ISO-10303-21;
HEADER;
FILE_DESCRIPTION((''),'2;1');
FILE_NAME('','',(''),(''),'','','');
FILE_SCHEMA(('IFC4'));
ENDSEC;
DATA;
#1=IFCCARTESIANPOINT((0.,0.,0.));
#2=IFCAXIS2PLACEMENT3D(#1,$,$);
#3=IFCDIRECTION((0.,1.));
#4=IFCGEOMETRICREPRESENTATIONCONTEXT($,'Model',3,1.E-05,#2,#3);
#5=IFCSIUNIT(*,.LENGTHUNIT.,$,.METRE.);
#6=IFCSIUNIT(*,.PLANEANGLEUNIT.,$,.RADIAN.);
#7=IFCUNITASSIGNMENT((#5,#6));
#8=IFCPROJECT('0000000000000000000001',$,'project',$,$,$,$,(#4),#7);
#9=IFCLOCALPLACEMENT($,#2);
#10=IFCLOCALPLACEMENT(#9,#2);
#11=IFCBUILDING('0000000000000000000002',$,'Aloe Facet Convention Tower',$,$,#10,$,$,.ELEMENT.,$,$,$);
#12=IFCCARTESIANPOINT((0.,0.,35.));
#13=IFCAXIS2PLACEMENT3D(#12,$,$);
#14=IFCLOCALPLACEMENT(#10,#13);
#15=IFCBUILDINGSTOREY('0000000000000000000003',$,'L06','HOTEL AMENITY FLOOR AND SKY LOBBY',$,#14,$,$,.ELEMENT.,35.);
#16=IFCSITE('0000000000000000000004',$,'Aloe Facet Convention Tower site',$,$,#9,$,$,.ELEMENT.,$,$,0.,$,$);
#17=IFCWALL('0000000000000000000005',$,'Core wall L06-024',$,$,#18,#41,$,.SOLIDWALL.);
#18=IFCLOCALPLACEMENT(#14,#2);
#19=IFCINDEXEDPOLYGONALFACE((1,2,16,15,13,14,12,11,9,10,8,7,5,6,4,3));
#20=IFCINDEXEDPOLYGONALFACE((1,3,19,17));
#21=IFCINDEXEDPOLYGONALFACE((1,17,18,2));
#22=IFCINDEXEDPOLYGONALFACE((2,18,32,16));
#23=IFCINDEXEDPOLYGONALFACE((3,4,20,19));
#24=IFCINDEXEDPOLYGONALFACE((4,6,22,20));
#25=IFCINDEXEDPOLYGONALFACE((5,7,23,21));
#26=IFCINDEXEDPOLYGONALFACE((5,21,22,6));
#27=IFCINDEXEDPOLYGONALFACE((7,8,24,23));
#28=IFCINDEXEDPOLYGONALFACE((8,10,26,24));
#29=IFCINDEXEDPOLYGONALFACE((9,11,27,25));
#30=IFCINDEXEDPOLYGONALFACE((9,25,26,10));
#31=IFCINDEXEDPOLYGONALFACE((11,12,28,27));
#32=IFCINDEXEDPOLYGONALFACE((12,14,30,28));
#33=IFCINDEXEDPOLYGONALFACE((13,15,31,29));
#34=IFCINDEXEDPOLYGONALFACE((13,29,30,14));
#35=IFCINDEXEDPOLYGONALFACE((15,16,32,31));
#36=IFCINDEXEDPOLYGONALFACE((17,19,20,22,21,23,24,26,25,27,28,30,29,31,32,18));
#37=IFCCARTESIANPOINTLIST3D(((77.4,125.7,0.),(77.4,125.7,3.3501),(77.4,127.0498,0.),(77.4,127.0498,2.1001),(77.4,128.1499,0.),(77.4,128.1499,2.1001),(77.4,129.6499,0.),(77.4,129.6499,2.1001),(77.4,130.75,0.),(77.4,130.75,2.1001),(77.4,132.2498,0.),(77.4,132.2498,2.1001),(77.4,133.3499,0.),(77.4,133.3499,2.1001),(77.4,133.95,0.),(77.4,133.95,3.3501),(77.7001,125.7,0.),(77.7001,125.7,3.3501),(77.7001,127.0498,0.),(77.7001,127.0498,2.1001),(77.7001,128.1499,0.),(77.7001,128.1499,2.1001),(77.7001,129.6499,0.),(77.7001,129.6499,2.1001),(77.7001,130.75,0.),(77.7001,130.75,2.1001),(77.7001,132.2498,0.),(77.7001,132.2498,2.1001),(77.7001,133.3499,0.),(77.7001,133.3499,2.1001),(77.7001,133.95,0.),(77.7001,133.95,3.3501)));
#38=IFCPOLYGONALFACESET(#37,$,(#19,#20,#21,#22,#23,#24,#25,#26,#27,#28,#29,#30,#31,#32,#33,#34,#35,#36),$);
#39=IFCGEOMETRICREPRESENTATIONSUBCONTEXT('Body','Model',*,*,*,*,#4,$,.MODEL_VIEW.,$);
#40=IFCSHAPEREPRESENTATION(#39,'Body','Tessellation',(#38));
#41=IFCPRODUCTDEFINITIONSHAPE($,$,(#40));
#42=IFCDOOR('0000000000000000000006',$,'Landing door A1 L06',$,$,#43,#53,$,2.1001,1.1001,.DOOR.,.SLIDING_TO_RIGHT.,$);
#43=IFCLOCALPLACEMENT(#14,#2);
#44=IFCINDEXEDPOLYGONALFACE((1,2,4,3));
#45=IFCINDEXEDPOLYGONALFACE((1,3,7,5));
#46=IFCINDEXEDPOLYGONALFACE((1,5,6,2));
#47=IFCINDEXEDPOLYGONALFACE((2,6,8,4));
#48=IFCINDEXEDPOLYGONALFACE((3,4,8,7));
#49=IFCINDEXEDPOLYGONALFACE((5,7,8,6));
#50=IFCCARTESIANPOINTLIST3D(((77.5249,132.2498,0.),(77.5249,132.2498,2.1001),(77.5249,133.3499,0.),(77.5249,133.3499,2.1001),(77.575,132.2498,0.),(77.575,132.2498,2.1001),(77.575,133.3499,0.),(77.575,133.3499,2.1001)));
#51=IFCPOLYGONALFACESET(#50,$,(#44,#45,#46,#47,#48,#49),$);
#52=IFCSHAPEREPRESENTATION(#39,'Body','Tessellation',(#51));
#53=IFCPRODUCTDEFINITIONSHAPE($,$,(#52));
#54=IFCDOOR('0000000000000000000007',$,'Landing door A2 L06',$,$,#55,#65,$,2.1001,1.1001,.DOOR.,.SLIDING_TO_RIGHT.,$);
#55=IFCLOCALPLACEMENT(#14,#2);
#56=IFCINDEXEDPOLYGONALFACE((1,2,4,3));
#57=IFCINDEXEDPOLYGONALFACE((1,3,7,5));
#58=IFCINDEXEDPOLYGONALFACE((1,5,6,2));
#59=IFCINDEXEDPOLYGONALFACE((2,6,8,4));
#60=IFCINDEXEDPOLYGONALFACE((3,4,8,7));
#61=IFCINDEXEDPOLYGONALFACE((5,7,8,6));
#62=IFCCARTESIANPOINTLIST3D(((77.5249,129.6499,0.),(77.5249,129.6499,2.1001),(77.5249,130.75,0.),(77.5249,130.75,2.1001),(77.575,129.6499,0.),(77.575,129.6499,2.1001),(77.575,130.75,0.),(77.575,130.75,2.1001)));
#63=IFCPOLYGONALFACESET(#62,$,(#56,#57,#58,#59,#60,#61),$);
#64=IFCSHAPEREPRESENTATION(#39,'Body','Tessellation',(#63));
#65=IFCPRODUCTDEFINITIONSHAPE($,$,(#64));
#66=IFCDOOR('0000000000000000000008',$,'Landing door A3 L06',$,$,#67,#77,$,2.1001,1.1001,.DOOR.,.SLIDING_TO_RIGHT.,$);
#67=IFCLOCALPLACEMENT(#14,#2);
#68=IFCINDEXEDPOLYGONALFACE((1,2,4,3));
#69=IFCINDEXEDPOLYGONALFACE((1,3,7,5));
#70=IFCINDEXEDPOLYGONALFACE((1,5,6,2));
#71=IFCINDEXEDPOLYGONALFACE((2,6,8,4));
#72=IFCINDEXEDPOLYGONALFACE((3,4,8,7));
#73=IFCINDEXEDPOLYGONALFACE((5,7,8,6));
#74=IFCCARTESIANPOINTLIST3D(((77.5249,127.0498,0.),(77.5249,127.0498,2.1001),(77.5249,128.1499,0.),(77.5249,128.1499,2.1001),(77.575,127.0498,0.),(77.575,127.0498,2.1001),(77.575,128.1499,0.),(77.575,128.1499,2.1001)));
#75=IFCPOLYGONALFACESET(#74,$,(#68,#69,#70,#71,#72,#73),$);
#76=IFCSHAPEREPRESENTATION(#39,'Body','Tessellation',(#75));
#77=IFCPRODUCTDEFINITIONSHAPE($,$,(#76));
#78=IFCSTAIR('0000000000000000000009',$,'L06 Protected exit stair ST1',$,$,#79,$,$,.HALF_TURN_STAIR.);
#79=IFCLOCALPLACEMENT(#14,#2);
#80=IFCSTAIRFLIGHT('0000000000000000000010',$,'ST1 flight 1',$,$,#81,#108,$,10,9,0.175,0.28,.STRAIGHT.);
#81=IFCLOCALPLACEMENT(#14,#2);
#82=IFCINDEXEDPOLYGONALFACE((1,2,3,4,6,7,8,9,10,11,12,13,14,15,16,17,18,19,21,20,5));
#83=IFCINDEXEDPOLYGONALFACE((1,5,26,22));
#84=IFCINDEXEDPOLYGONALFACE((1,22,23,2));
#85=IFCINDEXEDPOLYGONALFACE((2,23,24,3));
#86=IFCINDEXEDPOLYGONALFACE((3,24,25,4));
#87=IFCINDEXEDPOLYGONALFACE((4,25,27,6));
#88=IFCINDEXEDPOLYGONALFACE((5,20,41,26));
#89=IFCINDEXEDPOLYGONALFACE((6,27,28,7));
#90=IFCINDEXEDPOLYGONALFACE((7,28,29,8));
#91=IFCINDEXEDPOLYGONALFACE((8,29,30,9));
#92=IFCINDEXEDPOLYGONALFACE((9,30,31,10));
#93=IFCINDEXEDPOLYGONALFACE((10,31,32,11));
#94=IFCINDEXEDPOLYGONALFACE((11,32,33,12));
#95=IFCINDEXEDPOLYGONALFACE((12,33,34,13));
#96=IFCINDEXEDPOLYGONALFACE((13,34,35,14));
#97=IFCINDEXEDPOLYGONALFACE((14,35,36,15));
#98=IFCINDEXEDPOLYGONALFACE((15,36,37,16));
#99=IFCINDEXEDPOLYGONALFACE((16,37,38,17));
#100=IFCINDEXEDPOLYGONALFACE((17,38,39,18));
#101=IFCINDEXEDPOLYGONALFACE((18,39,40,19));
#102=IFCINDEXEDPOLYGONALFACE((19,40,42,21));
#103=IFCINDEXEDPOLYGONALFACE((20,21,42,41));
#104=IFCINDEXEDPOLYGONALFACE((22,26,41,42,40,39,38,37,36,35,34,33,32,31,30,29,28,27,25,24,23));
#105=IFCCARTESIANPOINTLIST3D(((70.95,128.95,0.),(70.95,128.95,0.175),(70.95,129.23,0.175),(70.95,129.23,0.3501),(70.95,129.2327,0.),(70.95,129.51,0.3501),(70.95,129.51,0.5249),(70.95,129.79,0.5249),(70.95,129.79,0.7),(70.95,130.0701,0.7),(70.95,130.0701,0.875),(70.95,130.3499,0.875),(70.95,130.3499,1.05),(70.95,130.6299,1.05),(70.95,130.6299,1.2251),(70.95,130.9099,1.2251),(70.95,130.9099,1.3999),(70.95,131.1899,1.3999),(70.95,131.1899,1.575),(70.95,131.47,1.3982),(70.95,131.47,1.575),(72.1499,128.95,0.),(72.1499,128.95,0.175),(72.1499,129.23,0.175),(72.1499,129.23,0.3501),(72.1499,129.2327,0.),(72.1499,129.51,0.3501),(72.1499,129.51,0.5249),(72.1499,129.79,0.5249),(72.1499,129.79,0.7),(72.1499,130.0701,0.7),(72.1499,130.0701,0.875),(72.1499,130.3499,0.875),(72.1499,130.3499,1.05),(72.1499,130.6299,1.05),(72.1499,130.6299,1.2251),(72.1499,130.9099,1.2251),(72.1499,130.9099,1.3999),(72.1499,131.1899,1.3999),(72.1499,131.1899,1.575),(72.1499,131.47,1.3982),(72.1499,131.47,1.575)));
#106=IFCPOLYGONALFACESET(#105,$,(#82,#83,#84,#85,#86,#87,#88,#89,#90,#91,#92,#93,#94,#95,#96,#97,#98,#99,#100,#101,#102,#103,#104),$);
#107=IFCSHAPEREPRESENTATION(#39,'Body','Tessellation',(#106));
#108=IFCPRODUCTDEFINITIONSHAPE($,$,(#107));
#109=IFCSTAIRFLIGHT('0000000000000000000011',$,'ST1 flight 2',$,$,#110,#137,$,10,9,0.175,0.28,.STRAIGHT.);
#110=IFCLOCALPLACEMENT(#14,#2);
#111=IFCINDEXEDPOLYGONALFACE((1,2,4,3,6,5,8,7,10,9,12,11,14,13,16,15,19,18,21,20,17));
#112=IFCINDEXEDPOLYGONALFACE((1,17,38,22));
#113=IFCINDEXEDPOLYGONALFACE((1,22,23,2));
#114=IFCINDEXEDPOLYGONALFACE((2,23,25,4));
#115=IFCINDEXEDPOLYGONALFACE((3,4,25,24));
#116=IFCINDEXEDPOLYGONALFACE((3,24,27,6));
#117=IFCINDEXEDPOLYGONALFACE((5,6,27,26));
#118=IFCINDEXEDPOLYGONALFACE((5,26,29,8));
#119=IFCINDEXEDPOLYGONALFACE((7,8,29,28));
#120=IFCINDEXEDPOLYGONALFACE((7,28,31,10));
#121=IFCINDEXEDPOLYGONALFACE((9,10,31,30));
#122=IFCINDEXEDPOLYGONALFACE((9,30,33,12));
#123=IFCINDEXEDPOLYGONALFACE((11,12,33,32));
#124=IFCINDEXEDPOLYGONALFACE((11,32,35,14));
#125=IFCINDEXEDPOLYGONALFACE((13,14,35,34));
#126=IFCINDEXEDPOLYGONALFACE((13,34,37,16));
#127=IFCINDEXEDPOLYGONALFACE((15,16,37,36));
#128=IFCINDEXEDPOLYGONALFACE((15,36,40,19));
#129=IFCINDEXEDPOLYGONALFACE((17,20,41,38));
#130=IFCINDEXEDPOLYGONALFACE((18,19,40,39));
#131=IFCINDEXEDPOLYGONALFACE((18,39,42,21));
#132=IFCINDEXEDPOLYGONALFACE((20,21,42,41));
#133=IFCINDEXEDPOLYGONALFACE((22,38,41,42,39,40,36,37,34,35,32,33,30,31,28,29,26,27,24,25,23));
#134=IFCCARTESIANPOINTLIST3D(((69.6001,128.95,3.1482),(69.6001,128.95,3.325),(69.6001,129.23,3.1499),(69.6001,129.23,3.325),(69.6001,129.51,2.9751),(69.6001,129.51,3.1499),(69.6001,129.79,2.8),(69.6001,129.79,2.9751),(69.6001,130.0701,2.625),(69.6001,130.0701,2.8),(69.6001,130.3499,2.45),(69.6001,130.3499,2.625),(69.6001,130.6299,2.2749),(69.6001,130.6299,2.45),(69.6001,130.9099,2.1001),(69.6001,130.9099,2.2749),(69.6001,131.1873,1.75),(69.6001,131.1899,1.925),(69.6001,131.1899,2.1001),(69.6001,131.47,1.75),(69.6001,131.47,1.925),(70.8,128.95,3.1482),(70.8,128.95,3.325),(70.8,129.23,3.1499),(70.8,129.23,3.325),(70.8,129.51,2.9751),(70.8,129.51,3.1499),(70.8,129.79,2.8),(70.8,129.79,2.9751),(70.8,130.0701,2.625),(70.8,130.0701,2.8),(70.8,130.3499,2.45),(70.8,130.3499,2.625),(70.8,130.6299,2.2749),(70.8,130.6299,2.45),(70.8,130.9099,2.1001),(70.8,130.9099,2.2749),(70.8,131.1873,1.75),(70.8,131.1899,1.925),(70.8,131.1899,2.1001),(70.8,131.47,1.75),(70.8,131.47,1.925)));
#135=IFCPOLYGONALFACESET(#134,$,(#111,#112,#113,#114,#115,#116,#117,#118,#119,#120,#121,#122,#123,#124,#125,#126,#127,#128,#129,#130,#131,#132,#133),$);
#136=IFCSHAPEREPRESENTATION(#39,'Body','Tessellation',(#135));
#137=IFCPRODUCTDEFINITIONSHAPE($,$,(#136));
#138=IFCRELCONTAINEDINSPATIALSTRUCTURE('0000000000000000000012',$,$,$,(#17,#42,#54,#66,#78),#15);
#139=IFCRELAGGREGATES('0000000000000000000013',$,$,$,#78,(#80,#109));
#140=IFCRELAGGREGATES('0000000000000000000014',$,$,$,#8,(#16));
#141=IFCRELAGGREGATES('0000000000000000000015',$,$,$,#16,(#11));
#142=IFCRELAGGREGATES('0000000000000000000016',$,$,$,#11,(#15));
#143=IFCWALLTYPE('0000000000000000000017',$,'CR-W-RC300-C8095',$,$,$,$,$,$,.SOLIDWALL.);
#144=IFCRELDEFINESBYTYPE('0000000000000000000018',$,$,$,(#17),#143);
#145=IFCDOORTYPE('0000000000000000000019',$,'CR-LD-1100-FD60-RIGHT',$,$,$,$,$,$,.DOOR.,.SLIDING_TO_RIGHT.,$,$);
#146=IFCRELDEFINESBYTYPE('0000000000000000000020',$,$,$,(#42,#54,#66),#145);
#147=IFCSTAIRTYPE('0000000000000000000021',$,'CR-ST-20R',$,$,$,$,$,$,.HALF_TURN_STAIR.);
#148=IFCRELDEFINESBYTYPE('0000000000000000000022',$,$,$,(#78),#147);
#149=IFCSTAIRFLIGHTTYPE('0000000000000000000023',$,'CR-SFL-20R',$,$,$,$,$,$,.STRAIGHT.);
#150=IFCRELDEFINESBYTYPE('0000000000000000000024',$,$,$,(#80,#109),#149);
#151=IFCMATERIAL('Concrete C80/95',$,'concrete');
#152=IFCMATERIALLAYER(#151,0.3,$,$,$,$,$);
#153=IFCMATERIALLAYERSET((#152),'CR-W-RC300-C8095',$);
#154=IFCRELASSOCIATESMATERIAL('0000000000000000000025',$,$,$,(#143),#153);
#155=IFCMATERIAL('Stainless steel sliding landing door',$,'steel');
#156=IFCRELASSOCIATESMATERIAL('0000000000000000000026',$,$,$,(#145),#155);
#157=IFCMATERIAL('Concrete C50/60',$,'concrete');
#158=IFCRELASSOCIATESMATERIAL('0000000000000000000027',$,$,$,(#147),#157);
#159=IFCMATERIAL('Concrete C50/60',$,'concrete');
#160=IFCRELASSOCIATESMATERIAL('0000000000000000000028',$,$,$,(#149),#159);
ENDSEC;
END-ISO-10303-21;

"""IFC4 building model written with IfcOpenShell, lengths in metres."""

from ifc_helpers import new_model, si_unit, direction, frame, frame_2d, origin, place, context, subcontext, project, spatial, polyline, rectangle, outline, extrude, material, layer, layer_set, type_object, element, fill, aggregate, save


model = new_model("IFC4")

# Units and contexts
model_context = context("Model", 3, precision=1e-05, world=origin(), true_north=direction((0.0, 1.0)))
body_context = subcontext(model_context, "Body", "Model", "MODEL_VIEW")
ifc_project = project(units=[si_unit("LENGTHUNIT", "METRE"), si_unit("PLANEANGLEUNIT", "RADIAN")], contexts=[model_context])

# Site, building, storey
site_placement = place(None, origin())
site = spatial("IfcSite", under=ifc_project, at=site_placement, Name="Aloe Facet Convention Tower site", CompositionType="ELEMENT", RefElevation=0.0)
building_placement = place(site_placement, origin())
building = spatial("IfcBuilding", under=site, at=building_placement, Name="Aloe Facet Convention Tower", CompositionType="ELEMENT")
storey_placement = place(building_placement, frame((0.0, 0.0, 35.0)))
storey = spatial("IfcBuildingStorey", under=building, at=storey_placement, Name="L06", Description="HOTEL AMENITY FLOOR AND SKY LOBBY", CompositionType="ELEMENT", Elevation=35.0)

# Shared definitions
ifc_material_1 = material(Name="Concrete C80/95", Category="concrete")
ifc_layer_1 = layer(ifc_material_1, 0.3)
ifc_layer_set_1 = layer_set([ifc_layer_1], Name="CR-W-RC300-C8095")
wall_type_1 = type_object("IfcWallType", Name="CR-W-RC300-C8095", PredefinedType="SOLIDWALL", material=ifc_layer_set_1)

# Wall, openings, doors
wall_1_placement = place(storey_placement, frame((77.55, 133.95, 0.0), z_axis=(0.0, 0.0, 1.0), x_axis=(0.0, -1.0, 0.0)))
wall_1 = element("IfcWall", 1, at=wall_1_placement, inside=storey, type_object=wall_type_1, Name="Core wall L06-024", PredefinedType="SOLIDWALL", context=body_context, shape_type="SweptSolid", body=[
    extrude(rectangle(XDim=8.25, YDim=0.3, at=frame_2d((4.125, 0.0))), origin(), (0.0, 0.0, 1.0), 3.3501),
])
opening_1_placement = place(wall_1_placement, frame((0.6001, 0.0, 0.0)))
opening_1 = element("IfcOpeningElement", 2, at=opening_1_placement, cuts=wall_1, PredefinedType="OPENING", context=body_context, shape_type="SweptSolid", body=[
    extrude(rectangle(XDim=1.1001, YDim=2.1001, at=frame_2d((0.55, 1.05))), frame((0.0, 0.1602, 0.0), z_axis=(0.0, -1.0, 0.0), x_axis=(1.0, 0.0, 0.0)), (0.0, 0.0, 1.0), 0.3201),
])
opening_2_placement = place(wall_1_placement, frame((3.2, 0.0, 0.0)))
opening_2 = element("IfcOpeningElement", 3, at=opening_2_placement, cuts=wall_1, PredefinedType="OPENING", context=body_context, shape_type="SweptSolid", body=[
    extrude(rectangle(XDim=1.1001, YDim=2.1001, at=frame_2d((0.55, 1.05))), frame((0.0, 0.1602, 0.0), z_axis=(0.0, -1.0, 0.0), x_axis=(1.0, 0.0, 0.0)), (0.0, 0.0, 1.0), 0.3201),
])
opening_3_placement = place(wall_1_placement, frame((5.8, 0.0, 0.0)))
opening_3 = element("IfcOpeningElement", 4, at=opening_3_placement, cuts=wall_1, PredefinedType="OPENING", context=body_context, shape_type="SweptSolid", body=[
    extrude(rectangle(XDim=1.1001, YDim=2.1001, at=frame_2d((0.55, 1.05))), frame((0.0, 0.1602, 0.0), z_axis=(0.0, -1.0, 0.0), x_axis=(1.0, 0.0, 0.0)), (0.0, 0.0, 1.0), 0.3201),
])
ifc_material_2 = material(Name="Stainless steel sliding landing door", Category="steel")
door_type_1 = type_object("IfcDoorType", Name="CR-LD-1100-FD60-RIGHT", OperationType="SLIDING_TO_RIGHT", PredefinedType="DOOR", material=ifc_material_2)
door_1_placement = place(opening_1_placement, origin())
door_1 = element("IfcDoor", 5, at=door_1_placement, inside=storey, type_object=door_type_1, Name="Landing door A1 L06", OperationType="SLIDING_TO_RIGHT", OverallHeight=2.1001, OverallWidth=1.1001, PredefinedType="DOOR", context=body_context, shape_type="SweptSolid", body=[
    extrude(rectangle(XDim=1.1001, YDim=2.1001, at=frame_2d((0.55, 1.05))), frame((0.0, 0.0249, 0.0), z_axis=(0.0, -1.0, 0.0), x_axis=(1.0, 0.0, 0.0)), (0.0, 0.0, 1.0), 0.05),
])
fill(opening_1, door_1)
door_2_placement = place(opening_2_placement, origin())
door_2 = element("IfcDoor", 6, at=door_2_placement, inside=storey, type_object=door_type_1, Name="Landing door A2 L06", OperationType="SLIDING_TO_RIGHT", OverallHeight=2.1001, OverallWidth=1.1001, PredefinedType="DOOR", context=body_context, shape_type="SweptSolid", body=[
    extrude(rectangle(XDim=1.1001, YDim=2.1001, at=frame_2d((0.55, 1.05))), frame((0.0, 0.0249, 0.0), z_axis=(0.0, -1.0, 0.0), x_axis=(1.0, 0.0, 0.0)), (0.0, 0.0, 1.0), 0.05),
])
fill(opening_2, door_2)
door_3_placement = place(opening_3_placement, origin())
door_3 = element("IfcDoor", 7, at=door_3_placement, inside=storey, type_object=door_type_1, Name="Landing door A3 L06", OperationType="SLIDING_TO_RIGHT", OverallHeight=2.1001, OverallWidth=1.1001, PredefinedType="DOOR", context=body_context, shape_type="SweptSolid", body=[
    extrude(rectangle(XDim=1.1001, YDim=2.1001, at=frame_2d((0.55, 1.05))), frame((0.0, 0.0249, 0.0), z_axis=(0.0, -1.0, 0.0), x_axis=(1.0, 0.0, 0.0)), (0.0, 0.0, 1.0), 0.05),
])
fill(opening_3, door_3)

# Stair, stair flights
ifc_material_3 = material(Name="Concrete C50/60", Category="concrete")
stair_type = type_object("IfcStairType", Name="CR-ST-20R", PredefinedType="HALF_TURN_STAIR", material=ifc_material_3)
stair_placement = place(storey_placement, origin())
stair = element("IfcStair", 8, at=stair_placement, inside=storey, type_object=stair_type, Name="L06 Protected exit stair ST1", PredefinedType="HALF_TURN_STAIR")
ifc_material_4 = material(Name="Concrete C50/60", Category="concrete")
stair_flight_type = type_object("IfcStairFlightType", Name="CR-SFL-20R", PredefinedType="STRAIGHT", material=ifc_material_4)
stair_flight_1_placement = place(storey_placement, frame((71.55, 128.95, 0.0), z_axis=(0.0, 0.0, 1.0), x_axis=(0.0, 1.0, 0.0)))
stair_flight_1 = element("IfcStairFlight", 9, at=stair_flight_1_placement, type_object=stair_flight_type, Name="ST1 flight 1", NumberOfRisers=10, NumberOfTreads=9, PredefinedType="STRAIGHT", RiserHeight=0.175, TreadLength=0.28, context=body_context, shape_type="SweptSolid", body=[
    extrude(outline(polyline([(0.0, 0.0), (0.0, 0.175), (0.28, 0.175), (0.28, 0.3501), (0.5601, 0.3501), (0.5601, 0.5249), (0.8401, 0.5249), (0.8401, 0.7), (1.1201, 0.7), (1.1201, 0.875), (1.3999, 0.875), (1.3999, 1.05), (1.6799, 1.05), (1.6799, 1.2251), (1.96, 1.2251), (1.96, 1.3999), (2.24, 1.3999), (2.24, 1.575), (2.52, 1.575), (2.52, 1.75), (2.52, 1.3982), (0.2827, 0.0), (0.0, 0.0)])), frame((0.0, 0.6001, 0.0), z_axis=(0.0, -1.0, 0.0), x_axis=(1.0, 0.0, 0.0)), (0.0, 0.0, 1.0), 1.2),
])
stair_flight_2_placement = place(storey_placement, frame((70.2, 131.47, 1.75), z_axis=(0.0, 0.0, 1.0), x_axis=(0.0, -1.0, 0.0)))
stair_flight_2 = element("IfcStairFlight", 10, at=stair_flight_2_placement, type_object=stair_flight_type, Name="ST1 flight 2", NumberOfRisers=10, NumberOfTreads=9, PredefinedType="STRAIGHT", RiserHeight=0.175, TreadLength=0.28, context=body_context, shape_type="SweptSolid", body=[
    extrude(outline(polyline([(0.0, 0.0), (0.0, 0.175), (0.28, 0.175), (0.28, 0.3501), (0.5601, 0.3501), (0.5601, 0.5249), (0.8401, 0.5249), (0.8401, 0.7), (1.1201, 0.7), (1.1201, 0.875), (1.3999, 0.875), (1.3999, 1.05), (1.6799, 1.05), (1.6799, 1.2251), (1.96, 1.2251), (1.96, 1.3999), (2.24, 1.3999), (2.24, 1.575), (2.52, 1.575), (2.52, 1.75), (2.52, 1.3982), (0.2827, 0.0), (0.0, 0.0)])), frame((0.0, 0.6001, 0.0), z_axis=(0.0, -1.0, 0.0), x_axis=(1.0, 0.0, 0.0)), (0.0, 0.0, 1.0), 1.2),
])
aggregate(stair, [stair_flight_1, stair_flight_2])

save(model, "model.ifc")
